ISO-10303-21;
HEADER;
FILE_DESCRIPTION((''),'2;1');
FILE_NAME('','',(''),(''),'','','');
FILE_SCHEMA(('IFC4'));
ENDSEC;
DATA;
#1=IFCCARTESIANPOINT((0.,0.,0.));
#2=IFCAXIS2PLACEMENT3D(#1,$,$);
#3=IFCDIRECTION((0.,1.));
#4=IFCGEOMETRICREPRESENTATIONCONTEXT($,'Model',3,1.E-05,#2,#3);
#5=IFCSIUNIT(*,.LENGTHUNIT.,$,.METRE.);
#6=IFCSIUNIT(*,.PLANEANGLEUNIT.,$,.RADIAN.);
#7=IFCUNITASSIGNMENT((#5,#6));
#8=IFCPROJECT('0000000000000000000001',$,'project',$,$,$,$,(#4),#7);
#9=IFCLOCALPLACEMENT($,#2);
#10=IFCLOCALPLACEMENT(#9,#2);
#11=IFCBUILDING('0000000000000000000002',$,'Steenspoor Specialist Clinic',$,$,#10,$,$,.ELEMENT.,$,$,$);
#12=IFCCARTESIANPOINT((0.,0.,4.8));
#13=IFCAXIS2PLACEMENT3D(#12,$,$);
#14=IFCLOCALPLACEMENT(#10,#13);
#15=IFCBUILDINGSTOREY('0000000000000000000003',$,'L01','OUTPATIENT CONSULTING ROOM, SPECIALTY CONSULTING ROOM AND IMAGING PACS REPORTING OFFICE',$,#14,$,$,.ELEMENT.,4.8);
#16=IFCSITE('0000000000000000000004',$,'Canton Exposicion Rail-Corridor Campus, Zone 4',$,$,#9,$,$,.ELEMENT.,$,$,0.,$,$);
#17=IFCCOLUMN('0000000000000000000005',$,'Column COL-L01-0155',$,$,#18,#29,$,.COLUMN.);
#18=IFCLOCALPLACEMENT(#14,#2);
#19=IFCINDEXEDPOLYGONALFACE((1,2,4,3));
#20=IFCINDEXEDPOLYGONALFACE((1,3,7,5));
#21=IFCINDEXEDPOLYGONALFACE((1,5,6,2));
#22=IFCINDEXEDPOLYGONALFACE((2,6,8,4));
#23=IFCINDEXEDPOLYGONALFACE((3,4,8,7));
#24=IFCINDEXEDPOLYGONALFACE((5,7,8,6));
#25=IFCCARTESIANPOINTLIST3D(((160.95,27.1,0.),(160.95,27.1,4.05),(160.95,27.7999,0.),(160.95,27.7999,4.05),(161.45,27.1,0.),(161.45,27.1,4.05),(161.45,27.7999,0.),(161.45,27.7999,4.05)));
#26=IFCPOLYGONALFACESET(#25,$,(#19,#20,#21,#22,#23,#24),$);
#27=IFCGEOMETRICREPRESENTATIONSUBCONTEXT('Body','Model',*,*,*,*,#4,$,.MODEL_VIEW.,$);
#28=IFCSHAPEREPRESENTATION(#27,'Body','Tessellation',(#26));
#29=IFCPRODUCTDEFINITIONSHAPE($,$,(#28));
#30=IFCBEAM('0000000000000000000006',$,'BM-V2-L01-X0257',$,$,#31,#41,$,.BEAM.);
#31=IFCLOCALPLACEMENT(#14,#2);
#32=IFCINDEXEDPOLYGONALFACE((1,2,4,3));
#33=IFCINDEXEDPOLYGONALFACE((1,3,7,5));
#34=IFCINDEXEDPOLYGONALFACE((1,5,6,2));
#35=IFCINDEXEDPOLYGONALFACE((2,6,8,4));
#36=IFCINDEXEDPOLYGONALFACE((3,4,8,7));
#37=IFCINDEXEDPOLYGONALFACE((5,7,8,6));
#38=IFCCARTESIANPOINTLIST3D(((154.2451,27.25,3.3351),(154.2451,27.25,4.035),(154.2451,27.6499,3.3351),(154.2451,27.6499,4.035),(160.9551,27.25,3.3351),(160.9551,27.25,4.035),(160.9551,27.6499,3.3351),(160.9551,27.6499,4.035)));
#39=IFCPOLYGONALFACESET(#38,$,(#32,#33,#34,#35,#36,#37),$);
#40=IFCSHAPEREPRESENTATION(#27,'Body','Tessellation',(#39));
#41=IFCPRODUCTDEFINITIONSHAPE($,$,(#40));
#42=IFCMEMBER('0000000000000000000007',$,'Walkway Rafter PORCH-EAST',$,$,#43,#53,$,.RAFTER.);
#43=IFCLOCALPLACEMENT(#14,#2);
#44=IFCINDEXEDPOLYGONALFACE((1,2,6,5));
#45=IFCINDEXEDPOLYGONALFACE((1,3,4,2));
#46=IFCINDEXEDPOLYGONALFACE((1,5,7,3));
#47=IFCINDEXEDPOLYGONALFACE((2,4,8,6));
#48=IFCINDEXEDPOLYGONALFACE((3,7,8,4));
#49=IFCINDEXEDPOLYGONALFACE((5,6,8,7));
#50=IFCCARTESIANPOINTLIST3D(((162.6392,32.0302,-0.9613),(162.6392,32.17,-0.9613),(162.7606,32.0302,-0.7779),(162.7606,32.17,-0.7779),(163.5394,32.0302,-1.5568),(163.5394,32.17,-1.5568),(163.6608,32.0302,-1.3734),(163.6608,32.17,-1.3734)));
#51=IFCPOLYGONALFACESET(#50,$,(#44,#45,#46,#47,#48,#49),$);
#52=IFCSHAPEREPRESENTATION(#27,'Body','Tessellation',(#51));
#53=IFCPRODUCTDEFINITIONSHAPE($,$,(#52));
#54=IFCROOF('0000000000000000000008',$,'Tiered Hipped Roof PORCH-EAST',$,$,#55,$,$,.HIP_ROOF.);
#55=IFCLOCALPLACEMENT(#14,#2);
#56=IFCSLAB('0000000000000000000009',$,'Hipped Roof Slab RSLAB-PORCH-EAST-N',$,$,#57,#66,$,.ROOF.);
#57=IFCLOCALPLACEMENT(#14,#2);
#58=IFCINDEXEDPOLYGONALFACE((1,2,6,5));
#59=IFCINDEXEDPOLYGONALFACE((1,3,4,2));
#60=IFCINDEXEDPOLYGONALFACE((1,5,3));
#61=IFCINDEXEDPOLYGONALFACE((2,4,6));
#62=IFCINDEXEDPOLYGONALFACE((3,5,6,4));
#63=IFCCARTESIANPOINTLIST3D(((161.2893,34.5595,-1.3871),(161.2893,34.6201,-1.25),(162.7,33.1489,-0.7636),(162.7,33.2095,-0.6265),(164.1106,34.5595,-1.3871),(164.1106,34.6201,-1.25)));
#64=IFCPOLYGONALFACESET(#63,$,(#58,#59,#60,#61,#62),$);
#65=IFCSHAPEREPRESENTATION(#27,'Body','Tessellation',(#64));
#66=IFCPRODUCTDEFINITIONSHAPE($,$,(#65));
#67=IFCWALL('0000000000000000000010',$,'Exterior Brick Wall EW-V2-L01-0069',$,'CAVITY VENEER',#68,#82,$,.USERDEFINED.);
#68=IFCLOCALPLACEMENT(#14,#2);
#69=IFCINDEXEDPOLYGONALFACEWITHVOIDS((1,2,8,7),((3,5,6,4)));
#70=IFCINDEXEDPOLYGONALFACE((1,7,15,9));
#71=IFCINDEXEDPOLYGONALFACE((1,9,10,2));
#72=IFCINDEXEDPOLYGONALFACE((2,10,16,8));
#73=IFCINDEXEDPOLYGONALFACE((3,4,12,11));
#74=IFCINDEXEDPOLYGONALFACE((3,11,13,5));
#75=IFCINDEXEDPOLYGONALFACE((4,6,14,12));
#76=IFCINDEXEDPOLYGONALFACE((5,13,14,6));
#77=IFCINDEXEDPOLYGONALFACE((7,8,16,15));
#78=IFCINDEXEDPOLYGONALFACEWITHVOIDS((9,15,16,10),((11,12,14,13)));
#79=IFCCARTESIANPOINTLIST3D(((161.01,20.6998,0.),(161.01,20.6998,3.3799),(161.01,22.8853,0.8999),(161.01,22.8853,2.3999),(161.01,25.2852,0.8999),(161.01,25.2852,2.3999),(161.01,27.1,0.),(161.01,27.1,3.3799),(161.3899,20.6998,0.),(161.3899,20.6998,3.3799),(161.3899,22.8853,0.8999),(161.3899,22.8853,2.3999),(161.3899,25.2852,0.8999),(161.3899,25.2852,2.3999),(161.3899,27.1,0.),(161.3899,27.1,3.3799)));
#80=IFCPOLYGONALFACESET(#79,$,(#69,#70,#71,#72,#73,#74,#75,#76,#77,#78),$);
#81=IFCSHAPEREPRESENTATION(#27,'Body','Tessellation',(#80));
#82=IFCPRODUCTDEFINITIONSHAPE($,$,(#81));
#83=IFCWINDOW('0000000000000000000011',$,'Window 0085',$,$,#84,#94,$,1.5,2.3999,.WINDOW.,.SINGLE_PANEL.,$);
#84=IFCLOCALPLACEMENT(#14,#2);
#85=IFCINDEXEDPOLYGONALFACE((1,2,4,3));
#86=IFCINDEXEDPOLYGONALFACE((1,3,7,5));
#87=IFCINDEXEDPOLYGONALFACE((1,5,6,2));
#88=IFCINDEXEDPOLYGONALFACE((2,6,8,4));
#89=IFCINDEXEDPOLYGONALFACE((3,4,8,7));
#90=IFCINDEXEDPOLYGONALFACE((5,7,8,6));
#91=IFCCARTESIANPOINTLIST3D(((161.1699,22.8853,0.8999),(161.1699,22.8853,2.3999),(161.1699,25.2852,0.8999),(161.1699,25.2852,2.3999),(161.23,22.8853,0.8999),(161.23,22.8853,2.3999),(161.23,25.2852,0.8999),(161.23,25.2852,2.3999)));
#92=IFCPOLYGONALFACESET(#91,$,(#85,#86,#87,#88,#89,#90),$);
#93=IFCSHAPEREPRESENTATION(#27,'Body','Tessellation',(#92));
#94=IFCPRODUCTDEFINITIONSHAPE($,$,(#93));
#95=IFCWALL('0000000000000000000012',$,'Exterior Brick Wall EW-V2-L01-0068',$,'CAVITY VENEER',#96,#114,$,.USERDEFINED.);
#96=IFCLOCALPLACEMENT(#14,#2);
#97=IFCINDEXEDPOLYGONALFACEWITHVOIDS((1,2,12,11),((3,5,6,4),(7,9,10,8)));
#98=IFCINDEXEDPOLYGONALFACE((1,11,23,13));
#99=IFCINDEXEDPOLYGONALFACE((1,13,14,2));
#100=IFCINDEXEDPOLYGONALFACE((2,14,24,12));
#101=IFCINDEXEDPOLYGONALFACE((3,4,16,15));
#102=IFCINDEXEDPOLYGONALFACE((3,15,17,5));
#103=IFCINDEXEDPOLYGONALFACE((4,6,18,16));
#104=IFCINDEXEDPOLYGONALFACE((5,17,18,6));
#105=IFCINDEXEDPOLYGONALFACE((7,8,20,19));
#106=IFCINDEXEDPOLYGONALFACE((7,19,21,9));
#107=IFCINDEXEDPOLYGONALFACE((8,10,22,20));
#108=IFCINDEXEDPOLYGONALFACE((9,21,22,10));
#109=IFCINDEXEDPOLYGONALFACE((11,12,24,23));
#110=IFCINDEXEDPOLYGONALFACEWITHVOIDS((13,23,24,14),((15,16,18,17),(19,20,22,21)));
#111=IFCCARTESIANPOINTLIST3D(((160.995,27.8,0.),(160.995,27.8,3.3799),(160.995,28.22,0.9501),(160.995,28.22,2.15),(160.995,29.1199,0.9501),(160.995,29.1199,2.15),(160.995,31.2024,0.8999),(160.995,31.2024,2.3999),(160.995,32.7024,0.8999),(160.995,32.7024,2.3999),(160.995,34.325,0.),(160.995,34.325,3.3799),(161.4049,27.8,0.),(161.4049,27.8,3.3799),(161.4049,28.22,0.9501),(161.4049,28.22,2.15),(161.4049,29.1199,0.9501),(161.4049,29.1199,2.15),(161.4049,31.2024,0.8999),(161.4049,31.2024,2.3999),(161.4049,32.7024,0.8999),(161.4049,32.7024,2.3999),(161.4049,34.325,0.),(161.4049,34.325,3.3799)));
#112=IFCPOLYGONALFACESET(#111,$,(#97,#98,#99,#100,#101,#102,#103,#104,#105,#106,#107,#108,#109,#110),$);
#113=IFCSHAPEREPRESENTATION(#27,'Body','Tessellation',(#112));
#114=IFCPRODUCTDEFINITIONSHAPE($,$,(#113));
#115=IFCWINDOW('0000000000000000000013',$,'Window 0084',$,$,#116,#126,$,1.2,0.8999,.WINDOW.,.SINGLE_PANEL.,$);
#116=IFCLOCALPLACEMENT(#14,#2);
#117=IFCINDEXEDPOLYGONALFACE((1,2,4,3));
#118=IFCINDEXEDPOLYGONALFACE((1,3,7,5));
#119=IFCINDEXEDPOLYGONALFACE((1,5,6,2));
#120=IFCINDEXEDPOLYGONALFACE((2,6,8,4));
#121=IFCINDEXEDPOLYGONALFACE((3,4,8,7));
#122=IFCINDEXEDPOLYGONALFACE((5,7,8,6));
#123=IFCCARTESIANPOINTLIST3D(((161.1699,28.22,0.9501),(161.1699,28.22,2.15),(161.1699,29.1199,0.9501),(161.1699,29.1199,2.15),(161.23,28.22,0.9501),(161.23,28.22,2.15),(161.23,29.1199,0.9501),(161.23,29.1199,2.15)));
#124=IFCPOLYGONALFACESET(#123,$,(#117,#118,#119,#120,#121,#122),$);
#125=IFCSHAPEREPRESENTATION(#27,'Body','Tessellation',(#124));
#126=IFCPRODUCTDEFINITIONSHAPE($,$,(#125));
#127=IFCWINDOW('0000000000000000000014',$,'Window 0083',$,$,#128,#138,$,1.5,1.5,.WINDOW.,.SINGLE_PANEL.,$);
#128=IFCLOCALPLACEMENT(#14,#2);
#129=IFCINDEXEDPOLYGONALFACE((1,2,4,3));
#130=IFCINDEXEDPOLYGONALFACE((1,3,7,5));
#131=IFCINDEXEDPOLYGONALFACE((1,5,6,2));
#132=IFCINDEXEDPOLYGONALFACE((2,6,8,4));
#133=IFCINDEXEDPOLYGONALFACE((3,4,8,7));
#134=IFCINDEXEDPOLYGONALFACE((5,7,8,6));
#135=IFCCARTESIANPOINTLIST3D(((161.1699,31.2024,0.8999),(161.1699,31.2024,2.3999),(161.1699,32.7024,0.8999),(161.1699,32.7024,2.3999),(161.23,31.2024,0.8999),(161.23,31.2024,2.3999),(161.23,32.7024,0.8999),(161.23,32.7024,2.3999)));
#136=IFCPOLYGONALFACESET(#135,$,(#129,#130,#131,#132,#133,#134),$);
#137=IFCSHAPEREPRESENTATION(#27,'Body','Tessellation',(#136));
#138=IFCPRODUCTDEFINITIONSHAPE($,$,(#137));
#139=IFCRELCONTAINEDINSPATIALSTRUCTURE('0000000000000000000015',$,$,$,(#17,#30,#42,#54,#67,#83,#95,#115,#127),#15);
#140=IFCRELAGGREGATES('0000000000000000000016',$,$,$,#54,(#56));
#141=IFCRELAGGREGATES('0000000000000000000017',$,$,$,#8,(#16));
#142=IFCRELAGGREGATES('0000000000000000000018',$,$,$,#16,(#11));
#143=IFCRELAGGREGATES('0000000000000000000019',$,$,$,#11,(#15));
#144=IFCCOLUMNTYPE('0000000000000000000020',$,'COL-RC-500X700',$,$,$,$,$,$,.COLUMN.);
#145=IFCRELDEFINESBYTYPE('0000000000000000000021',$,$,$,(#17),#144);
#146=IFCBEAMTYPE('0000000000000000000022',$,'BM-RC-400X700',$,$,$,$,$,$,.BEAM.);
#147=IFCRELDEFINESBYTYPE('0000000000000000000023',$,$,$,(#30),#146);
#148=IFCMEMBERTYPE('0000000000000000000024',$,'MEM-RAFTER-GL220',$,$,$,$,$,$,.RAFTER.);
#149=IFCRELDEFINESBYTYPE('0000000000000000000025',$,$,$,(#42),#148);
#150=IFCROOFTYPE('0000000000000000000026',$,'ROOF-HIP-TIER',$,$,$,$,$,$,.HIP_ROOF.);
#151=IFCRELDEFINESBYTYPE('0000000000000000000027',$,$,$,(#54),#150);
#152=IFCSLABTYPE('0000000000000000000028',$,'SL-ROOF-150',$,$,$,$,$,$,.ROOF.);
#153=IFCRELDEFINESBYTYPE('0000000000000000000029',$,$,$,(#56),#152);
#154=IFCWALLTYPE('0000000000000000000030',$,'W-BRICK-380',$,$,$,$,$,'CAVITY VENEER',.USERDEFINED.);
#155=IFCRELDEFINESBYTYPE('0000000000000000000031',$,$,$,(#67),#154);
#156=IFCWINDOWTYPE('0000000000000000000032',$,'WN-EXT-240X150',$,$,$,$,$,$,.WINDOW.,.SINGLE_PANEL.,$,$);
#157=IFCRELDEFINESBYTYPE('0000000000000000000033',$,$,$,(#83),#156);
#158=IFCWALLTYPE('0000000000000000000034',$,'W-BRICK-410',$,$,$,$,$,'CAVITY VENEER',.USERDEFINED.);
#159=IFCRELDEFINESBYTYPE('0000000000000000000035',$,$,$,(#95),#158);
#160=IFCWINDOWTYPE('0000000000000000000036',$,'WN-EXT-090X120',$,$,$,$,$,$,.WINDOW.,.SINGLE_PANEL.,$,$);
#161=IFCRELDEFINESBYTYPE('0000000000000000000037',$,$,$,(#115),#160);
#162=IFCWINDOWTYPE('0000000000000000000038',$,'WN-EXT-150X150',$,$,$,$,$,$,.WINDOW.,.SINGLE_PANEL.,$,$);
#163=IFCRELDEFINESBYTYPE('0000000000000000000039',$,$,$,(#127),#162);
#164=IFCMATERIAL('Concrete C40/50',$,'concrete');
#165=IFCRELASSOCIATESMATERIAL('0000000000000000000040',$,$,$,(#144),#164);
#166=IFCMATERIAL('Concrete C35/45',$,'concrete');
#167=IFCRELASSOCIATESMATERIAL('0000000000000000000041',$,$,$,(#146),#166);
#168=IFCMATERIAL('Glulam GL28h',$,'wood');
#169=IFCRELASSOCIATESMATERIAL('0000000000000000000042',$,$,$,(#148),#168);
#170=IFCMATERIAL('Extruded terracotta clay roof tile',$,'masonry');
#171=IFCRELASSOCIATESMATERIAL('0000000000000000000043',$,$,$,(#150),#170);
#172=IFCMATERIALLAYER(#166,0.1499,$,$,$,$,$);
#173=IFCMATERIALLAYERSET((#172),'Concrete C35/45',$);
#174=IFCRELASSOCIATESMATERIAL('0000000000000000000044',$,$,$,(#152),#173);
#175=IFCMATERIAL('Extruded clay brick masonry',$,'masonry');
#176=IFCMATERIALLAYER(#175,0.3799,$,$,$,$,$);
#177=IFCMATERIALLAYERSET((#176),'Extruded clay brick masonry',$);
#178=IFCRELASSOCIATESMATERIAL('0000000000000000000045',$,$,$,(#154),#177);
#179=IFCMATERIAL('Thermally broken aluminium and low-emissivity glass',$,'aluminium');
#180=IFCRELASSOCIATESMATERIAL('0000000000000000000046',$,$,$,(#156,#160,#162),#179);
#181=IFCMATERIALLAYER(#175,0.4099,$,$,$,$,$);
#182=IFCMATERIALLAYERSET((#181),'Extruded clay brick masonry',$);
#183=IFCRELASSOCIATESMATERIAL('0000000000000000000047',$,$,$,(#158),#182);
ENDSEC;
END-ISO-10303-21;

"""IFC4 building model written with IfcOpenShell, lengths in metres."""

from ifc_helpers import new_model, si_unit, direction, frame, frame_2d, origin, origin_2d, place, context, subcontext, project, spatial, polyline, rectangle, outline, extrude, material, layer, layer_set, material_profile, profile_set, type_object, element, fill, aggregate, save


model = new_model("IFC4")

# Units and contexts
model_context = context("Model", 3, precision=1e-05, world=origin(), true_north=direction((0.0, 1.0)))
body_context = subcontext(model_context, "Body", "Model", "MODEL_VIEW")
ifc_project = project(units=[si_unit("LENGTHUNIT", "METRE"), si_unit("PLANEANGLEUNIT", "RADIAN")], contexts=[model_context])

# Site, building, storey
site_placement = place(None, origin())
site = spatial("IfcSite", under=ifc_project, at=site_placement, Name="Canton Exposicion Rail-Corridor Campus, Zone 4", CompositionType="ELEMENT", RefElevation=0.0)
building_placement = place(site_placement, origin())
building = spatial("IfcBuilding", under=site, at=building_placement, Name="Steenspoor Specialist Clinic", CompositionType="ELEMENT")
storey_placement = place(building_placement, frame((0.0, 0.0, 4.8)))
storey = spatial("IfcBuildingStorey", under=building, at=storey_placement, Name="L01", Description="OUTPATIENT CONSULTING ROOM, SPECIALTY CONSULTING ROOM AND IMAGING PACS REPORTING OFFICE", CompositionType="ELEMENT", Elevation=4.8)

# Column
ifc_material_1 = material(Name="Concrete C40/50", Category="concrete")
ifc_material_profile_1 = material_profile(ifc_material_1, rectangle(XDim=0.5, YDim=0.7, at=origin_2d()), Name="RC-COL-500X700")
ifc_profile_set_1 = profile_set([ifc_material_profile_1], Name="Concrete C40/50")
column_type = type_object("IfcColumnType", Name="COL-RC-500X700", PredefinedType="COLUMN", material=ifc_profile_set_1)
column_placement = place(storey_placement, frame((161.2, 27.45, 0.0), z_axis=(0.0, 0.0, 1.0), x_axis=(1.0, 0.0, 0.0)))
element("IfcColumn", 1, at=column_placement, inside=storey, type_object=column_type, Name="Column COL-L01-0155", PredefinedType="COLUMN", context=body_context, shape_type="SweptSolid", body=[
    extrude(rectangle(XDim=0.5, YDim=0.7, at=origin_2d()), origin(), (0.0, 0.0, 1.0), 4.05),
])

# Beam
ifc_material_2 = material(Name="Concrete C35/45", Category="concrete")
ifc_material_profile_2 = material_profile(ifc_material_2, rectangle(XDim=0.3999, YDim=0.7, at=origin_2d()), Name="RC-BM-400X700")
ifc_profile_set_2 = profile_set([ifc_material_profile_2], Name="Concrete C35/45")
beam_type = type_object("IfcBeamType", Name="BM-RC-400X700", PredefinedType="BEAM", material=ifc_profile_set_2)
beam_placement = place(storey_placement, frame((154.2451, 27.45, 3.6851), z_axis=(1.0, 0.0, 0.0), x_axis=(0.0, 1.0, 0.0)))
element("IfcBeam", 2, at=beam_placement, inside=storey, type_object=beam_type, Name="BM-V2-L01-X0257", PredefinedType="BEAM", context=body_context, shape_type="SweptSolid", body=[
    extrude(rectangle(XDim=0.3999, YDim=0.7, at=origin_2d()), origin(), (0.0, 0.0, 1.0), 6.71),
])

# Member
ifc_material_3 = material(Name="Glulam GL28h", Category="wood")
ifc_material_profile_3 = material_profile(ifc_material_3, rectangle(XDim=0.1399, YDim=0.22, at=origin_2d()), Name="GL28H-140X220")
ifc_profile_set_3 = profile_set([ifc_material_profile_3], Name="Glulam GL28h")
member_type = type_object("IfcMemberType", Name="MEM-RAFTER-GL220", PredefinedType="RAFTER", material=ifc_profile_set_3)
member_placement = place(storey_placement, frame((163.6001, 32.1001, -1.4651), z_axis=(-0.834029, 0.0, 0.551721), x_axis=(0.0, -1.0, 0.0)))
element("IfcMember", 3, at=member_placement, inside=storey, type_object=member_type, Name="Walkway Rafter PORCH-EAST", PredefinedType="RAFTER", context=body_context, shape_type="SweptSolid", body=[
    extrude(rectangle(XDim=0.1399, YDim=0.22, at=origin_2d()), origin(), (0.0, 0.0, 1.0), 1.0793),
])

# Roof, slab
ifc_material_4 = material(Name="Extruded terracotta clay roof tile", Category="masonry")
roof_type = type_object("IfcRoofType", Name="ROOF-HIP-TIER", PredefinedType="HIP_ROOF", material=ifc_material_4)
roof_placement = place(storey_placement, origin())
roof = element("IfcRoof", 4, at=roof_placement, inside=storey, type_object=roof_type, Name="Tiered Hipped Roof PORCH-EAST", PredefinedType="HIP_ROOF")
ifc_layer_1 = layer(ifc_material_2, 0.1499)
ifc_layer_set_1 = layer_set([ifc_layer_1], Name="Concrete C35/45")
slab_type = type_object("IfcSlabType", Name="SL-ROOF-150", PredefinedType="ROOF", material=ifc_layer_set_1)
slab_1_placement = place(storey_placement, frame((162.7, 33.2095, -0.6265), z_axis=(0.0, 0.404287, 0.914632), x_axis=(0.674908, 0.674908, -0.298324)))
slab_1 = element("IfcSlab", 5, at=slab_1_placement, type_object=slab_type, Name="Hipped Roof Slab RSLAB-PORCH-EAST-N", PredefinedType="ROOF", context=body_context, shape_type="SweptSolid", body=[
    extrude(outline(polyline([(0.0, 0.0), (2.0901, 0.0), (0.186, 2.0818), (0.0, 0.0)])), origin(), (0.0, 0.0, -1.0), 0.1499),
])
aggregate(roof, [slab_1])

# Wall, opening, window
ifc_material_5 = material(Name="Extruded clay brick masonry", Category="masonry")
ifc_layer_2 = layer(ifc_material_5, 0.3799)
ifc_layer_set_2 = layer_set([ifc_layer_2], Name="Extruded clay brick masonry")
wall_type_1 = type_object("IfcWallType", Name="W-BRICK-380", ElementType="CAVITY VENEER", PredefinedType="USERDEFINED", material=ifc_layer_set_2)
wall_1_placement = place(storey_placement, frame((161.2, 27.1001, 0.0), z_axis=(0.0, 0.0, 1.0), x_axis=(0.0, -1.0, 0.0)))
wall_1 = element("IfcWall", 6, at=wall_1_placement, inside=storey, type_object=wall_type_1, Name="Exterior Brick Wall EW-V2-L01-0069", ObjectType="CAVITY VENEER", PredefinedType="USERDEFINED", context=body_context, shape_type="SweptSolid", body=[
    extrude(rectangle(XDim=6.4001, YDim=0.3799, at=frame_2d((3.2002, 0.0))), origin(), (0.0, 0.0, 1.0), 3.3799),
])
opening_1_placement = place(wall_1_placement, frame((1.8149, 0.0, 0.8999)))
opening_1 = element("IfcOpeningElement", 7, at=opening_1_placement, cuts=wall_1, PredefinedType="OPENING", context=body_context, shape_type="SweptSolid", body=[
    extrude(rectangle(XDim=2.3999, YDim=1.5, at=frame_2d((1.2, 0.75))), frame((0.0, 0.2, 0.0), z_axis=(0.0, -1.0, 0.0), x_axis=(1.0, 0.0, 0.0)), (0.0, 0.0, 1.0), 0.3999),
])
ifc_material_6 = material(Name="Thermally broken aluminium and low-emissivity glass", Category="aluminium")
window_type_1 = type_object("IfcWindowType", Name="WN-EXT-240X150", PartitioningType="SINGLE_PANEL", PredefinedType="WINDOW", material=ifc_material_6)
window_1_placement = place(opening_1_placement, origin())
window_1 = element("IfcWindow", 8, at=window_1_placement, inside=storey, type_object=window_type_1, Name="Window 0085", OverallHeight=1.5, OverallWidth=2.3999, PartitioningType="SINGLE_PANEL", PredefinedType="WINDOW", context=body_context, shape_type="SweptSolid", body=[
    extrude(rectangle(XDim=2.3999, YDim=1.5, at=frame_2d((1.2, 0.75))), frame((0.0, 0.03, 0.0), z_axis=(0.0, -1.0, 0.0), x_axis=(1.0, 0.0, 0.0)), (0.0, 0.0, 1.0), 0.0601),
])
fill(opening_1, window_1)

# Wall, openings, windows
ifc_layer_3 = layer(ifc_material_5, 0.4099)
ifc_layer_set_3 = layer_set([ifc_layer_3], Name="Extruded clay brick masonry")
wall_type_2 = type_object("IfcWallType", Name="W-BRICK-410", ElementType="CAVITY VENEER", PredefinedType="USERDEFINED", material=ifc_layer_set_3)
wall_2_placement = place(storey_placement, frame((161.2, 34.325, 0.0), z_axis=(0.0, 0.0, 1.0), x_axis=(0.0, -1.0, 0.0)))
wall_2 = element("IfcWall", 9, at=wall_2_placement, inside=storey, type_object=wall_type_2, Name="Exterior Brick Wall EW-V2-L01-0068", ObjectType="CAVITY VENEER", PredefinedType="USERDEFINED", context=body_context, shape_type="SweptSolid", body=[
    extrude(rectangle(XDim=6.5249, YDim=0.4099, at=frame_2d((3.2625, 0.0))), origin(), (0.0, 0.0, 1.0), 3.3799),
])
opening_2_placement = place(wall_2_placement, frame((1.6226, 0.0, 0.8999)))
opening_2 = element("IfcOpeningElement", 10, at=opening_2_placement, cuts=wall_2, PredefinedType="OPENING", context=body_context, shape_type="SweptSolid", body=[
    extrude(rectangle(XDim=1.5, YDim=1.5, at=frame_2d((0.75, 0.75))), frame((0.0, 0.2148, 0.0), z_axis=(0.0, -1.0, 0.0), x_axis=(1.0, 0.0, 0.0)), (0.0, 0.0, 1.0), 0.4299),
])
opening_3_placement = place(wall_2_placement, frame((5.2051, 0.0, 0.95)))
opening_3 = element("IfcOpeningElement", 11, at=opening_3_placement, cuts=wall_2, PredefinedType="OPENING", context=body_context, shape_type="SweptSolid", body=[
    extrude(rectangle(XDim=0.8999, YDim=1.2, at=frame_2d((0.45, 0.6001))), frame((0.0, 0.2148, 0.0), z_axis=(0.0, -1.0, 0.0), x_axis=(1.0, 0.0, 0.0)), (0.0, 0.0, 1.0), 0.4299),
])
window_type_2 = type_object("IfcWindowType", Name="WN-EXT-090X120", PartitioningType="SINGLE_PANEL", PredefinedType="WINDOW", material=ifc_material_6)
window_2_placement = place(opening_3_placement, origin())
window_2 = element("IfcWindow", 12, at=window_2_placement, inside=storey, type_object=window_type_2, Name="Window 0084", OverallHeight=1.2, OverallWidth=0.8999, PartitioningType="SINGLE_PANEL", PredefinedType="WINDOW", context=body_context, shape_type="SweptSolid", body=[
    extrude(rectangle(XDim=0.8999, YDim=1.2, at=frame_2d((0.45, 0.6001))), frame((0.0, 0.03, 0.0), z_axis=(0.0, -1.0, 0.0), x_axis=(1.0, 0.0, 0.0)), (0.0, 0.0, 1.0), 0.0601),
])
fill(opening_3, window_2)
window_type_3 = type_object("IfcWindowType", Name="WN-EXT-150X150", PartitioningType="SINGLE_PANEL", PredefinedType="WINDOW", material=ifc_material_6)
window_3_placement = place(opening_2_placement, origin())
window_3 = element("IfcWindow", 13, at=window_3_placement, inside=storey, type_object=window_type_3, Name="Window 0083", OverallHeight=1.5, OverallWidth=1.5, PartitioningType="SINGLE_PANEL", PredefinedType="WINDOW", context=body_context, shape_type="SweptSolid", body=[
    extrude(rectangle(XDim=1.5, YDim=1.5, at=frame_2d((0.75, 0.75))), frame((0.0, 0.03, 0.0), z_axis=(0.0, -1.0, 0.0), x_axis=(1.0, 0.0, 0.0)), (0.0, 0.0, 1.0), 0.0601),
])
fill(opening_2, window_3)

save(model, "model.ifc")
